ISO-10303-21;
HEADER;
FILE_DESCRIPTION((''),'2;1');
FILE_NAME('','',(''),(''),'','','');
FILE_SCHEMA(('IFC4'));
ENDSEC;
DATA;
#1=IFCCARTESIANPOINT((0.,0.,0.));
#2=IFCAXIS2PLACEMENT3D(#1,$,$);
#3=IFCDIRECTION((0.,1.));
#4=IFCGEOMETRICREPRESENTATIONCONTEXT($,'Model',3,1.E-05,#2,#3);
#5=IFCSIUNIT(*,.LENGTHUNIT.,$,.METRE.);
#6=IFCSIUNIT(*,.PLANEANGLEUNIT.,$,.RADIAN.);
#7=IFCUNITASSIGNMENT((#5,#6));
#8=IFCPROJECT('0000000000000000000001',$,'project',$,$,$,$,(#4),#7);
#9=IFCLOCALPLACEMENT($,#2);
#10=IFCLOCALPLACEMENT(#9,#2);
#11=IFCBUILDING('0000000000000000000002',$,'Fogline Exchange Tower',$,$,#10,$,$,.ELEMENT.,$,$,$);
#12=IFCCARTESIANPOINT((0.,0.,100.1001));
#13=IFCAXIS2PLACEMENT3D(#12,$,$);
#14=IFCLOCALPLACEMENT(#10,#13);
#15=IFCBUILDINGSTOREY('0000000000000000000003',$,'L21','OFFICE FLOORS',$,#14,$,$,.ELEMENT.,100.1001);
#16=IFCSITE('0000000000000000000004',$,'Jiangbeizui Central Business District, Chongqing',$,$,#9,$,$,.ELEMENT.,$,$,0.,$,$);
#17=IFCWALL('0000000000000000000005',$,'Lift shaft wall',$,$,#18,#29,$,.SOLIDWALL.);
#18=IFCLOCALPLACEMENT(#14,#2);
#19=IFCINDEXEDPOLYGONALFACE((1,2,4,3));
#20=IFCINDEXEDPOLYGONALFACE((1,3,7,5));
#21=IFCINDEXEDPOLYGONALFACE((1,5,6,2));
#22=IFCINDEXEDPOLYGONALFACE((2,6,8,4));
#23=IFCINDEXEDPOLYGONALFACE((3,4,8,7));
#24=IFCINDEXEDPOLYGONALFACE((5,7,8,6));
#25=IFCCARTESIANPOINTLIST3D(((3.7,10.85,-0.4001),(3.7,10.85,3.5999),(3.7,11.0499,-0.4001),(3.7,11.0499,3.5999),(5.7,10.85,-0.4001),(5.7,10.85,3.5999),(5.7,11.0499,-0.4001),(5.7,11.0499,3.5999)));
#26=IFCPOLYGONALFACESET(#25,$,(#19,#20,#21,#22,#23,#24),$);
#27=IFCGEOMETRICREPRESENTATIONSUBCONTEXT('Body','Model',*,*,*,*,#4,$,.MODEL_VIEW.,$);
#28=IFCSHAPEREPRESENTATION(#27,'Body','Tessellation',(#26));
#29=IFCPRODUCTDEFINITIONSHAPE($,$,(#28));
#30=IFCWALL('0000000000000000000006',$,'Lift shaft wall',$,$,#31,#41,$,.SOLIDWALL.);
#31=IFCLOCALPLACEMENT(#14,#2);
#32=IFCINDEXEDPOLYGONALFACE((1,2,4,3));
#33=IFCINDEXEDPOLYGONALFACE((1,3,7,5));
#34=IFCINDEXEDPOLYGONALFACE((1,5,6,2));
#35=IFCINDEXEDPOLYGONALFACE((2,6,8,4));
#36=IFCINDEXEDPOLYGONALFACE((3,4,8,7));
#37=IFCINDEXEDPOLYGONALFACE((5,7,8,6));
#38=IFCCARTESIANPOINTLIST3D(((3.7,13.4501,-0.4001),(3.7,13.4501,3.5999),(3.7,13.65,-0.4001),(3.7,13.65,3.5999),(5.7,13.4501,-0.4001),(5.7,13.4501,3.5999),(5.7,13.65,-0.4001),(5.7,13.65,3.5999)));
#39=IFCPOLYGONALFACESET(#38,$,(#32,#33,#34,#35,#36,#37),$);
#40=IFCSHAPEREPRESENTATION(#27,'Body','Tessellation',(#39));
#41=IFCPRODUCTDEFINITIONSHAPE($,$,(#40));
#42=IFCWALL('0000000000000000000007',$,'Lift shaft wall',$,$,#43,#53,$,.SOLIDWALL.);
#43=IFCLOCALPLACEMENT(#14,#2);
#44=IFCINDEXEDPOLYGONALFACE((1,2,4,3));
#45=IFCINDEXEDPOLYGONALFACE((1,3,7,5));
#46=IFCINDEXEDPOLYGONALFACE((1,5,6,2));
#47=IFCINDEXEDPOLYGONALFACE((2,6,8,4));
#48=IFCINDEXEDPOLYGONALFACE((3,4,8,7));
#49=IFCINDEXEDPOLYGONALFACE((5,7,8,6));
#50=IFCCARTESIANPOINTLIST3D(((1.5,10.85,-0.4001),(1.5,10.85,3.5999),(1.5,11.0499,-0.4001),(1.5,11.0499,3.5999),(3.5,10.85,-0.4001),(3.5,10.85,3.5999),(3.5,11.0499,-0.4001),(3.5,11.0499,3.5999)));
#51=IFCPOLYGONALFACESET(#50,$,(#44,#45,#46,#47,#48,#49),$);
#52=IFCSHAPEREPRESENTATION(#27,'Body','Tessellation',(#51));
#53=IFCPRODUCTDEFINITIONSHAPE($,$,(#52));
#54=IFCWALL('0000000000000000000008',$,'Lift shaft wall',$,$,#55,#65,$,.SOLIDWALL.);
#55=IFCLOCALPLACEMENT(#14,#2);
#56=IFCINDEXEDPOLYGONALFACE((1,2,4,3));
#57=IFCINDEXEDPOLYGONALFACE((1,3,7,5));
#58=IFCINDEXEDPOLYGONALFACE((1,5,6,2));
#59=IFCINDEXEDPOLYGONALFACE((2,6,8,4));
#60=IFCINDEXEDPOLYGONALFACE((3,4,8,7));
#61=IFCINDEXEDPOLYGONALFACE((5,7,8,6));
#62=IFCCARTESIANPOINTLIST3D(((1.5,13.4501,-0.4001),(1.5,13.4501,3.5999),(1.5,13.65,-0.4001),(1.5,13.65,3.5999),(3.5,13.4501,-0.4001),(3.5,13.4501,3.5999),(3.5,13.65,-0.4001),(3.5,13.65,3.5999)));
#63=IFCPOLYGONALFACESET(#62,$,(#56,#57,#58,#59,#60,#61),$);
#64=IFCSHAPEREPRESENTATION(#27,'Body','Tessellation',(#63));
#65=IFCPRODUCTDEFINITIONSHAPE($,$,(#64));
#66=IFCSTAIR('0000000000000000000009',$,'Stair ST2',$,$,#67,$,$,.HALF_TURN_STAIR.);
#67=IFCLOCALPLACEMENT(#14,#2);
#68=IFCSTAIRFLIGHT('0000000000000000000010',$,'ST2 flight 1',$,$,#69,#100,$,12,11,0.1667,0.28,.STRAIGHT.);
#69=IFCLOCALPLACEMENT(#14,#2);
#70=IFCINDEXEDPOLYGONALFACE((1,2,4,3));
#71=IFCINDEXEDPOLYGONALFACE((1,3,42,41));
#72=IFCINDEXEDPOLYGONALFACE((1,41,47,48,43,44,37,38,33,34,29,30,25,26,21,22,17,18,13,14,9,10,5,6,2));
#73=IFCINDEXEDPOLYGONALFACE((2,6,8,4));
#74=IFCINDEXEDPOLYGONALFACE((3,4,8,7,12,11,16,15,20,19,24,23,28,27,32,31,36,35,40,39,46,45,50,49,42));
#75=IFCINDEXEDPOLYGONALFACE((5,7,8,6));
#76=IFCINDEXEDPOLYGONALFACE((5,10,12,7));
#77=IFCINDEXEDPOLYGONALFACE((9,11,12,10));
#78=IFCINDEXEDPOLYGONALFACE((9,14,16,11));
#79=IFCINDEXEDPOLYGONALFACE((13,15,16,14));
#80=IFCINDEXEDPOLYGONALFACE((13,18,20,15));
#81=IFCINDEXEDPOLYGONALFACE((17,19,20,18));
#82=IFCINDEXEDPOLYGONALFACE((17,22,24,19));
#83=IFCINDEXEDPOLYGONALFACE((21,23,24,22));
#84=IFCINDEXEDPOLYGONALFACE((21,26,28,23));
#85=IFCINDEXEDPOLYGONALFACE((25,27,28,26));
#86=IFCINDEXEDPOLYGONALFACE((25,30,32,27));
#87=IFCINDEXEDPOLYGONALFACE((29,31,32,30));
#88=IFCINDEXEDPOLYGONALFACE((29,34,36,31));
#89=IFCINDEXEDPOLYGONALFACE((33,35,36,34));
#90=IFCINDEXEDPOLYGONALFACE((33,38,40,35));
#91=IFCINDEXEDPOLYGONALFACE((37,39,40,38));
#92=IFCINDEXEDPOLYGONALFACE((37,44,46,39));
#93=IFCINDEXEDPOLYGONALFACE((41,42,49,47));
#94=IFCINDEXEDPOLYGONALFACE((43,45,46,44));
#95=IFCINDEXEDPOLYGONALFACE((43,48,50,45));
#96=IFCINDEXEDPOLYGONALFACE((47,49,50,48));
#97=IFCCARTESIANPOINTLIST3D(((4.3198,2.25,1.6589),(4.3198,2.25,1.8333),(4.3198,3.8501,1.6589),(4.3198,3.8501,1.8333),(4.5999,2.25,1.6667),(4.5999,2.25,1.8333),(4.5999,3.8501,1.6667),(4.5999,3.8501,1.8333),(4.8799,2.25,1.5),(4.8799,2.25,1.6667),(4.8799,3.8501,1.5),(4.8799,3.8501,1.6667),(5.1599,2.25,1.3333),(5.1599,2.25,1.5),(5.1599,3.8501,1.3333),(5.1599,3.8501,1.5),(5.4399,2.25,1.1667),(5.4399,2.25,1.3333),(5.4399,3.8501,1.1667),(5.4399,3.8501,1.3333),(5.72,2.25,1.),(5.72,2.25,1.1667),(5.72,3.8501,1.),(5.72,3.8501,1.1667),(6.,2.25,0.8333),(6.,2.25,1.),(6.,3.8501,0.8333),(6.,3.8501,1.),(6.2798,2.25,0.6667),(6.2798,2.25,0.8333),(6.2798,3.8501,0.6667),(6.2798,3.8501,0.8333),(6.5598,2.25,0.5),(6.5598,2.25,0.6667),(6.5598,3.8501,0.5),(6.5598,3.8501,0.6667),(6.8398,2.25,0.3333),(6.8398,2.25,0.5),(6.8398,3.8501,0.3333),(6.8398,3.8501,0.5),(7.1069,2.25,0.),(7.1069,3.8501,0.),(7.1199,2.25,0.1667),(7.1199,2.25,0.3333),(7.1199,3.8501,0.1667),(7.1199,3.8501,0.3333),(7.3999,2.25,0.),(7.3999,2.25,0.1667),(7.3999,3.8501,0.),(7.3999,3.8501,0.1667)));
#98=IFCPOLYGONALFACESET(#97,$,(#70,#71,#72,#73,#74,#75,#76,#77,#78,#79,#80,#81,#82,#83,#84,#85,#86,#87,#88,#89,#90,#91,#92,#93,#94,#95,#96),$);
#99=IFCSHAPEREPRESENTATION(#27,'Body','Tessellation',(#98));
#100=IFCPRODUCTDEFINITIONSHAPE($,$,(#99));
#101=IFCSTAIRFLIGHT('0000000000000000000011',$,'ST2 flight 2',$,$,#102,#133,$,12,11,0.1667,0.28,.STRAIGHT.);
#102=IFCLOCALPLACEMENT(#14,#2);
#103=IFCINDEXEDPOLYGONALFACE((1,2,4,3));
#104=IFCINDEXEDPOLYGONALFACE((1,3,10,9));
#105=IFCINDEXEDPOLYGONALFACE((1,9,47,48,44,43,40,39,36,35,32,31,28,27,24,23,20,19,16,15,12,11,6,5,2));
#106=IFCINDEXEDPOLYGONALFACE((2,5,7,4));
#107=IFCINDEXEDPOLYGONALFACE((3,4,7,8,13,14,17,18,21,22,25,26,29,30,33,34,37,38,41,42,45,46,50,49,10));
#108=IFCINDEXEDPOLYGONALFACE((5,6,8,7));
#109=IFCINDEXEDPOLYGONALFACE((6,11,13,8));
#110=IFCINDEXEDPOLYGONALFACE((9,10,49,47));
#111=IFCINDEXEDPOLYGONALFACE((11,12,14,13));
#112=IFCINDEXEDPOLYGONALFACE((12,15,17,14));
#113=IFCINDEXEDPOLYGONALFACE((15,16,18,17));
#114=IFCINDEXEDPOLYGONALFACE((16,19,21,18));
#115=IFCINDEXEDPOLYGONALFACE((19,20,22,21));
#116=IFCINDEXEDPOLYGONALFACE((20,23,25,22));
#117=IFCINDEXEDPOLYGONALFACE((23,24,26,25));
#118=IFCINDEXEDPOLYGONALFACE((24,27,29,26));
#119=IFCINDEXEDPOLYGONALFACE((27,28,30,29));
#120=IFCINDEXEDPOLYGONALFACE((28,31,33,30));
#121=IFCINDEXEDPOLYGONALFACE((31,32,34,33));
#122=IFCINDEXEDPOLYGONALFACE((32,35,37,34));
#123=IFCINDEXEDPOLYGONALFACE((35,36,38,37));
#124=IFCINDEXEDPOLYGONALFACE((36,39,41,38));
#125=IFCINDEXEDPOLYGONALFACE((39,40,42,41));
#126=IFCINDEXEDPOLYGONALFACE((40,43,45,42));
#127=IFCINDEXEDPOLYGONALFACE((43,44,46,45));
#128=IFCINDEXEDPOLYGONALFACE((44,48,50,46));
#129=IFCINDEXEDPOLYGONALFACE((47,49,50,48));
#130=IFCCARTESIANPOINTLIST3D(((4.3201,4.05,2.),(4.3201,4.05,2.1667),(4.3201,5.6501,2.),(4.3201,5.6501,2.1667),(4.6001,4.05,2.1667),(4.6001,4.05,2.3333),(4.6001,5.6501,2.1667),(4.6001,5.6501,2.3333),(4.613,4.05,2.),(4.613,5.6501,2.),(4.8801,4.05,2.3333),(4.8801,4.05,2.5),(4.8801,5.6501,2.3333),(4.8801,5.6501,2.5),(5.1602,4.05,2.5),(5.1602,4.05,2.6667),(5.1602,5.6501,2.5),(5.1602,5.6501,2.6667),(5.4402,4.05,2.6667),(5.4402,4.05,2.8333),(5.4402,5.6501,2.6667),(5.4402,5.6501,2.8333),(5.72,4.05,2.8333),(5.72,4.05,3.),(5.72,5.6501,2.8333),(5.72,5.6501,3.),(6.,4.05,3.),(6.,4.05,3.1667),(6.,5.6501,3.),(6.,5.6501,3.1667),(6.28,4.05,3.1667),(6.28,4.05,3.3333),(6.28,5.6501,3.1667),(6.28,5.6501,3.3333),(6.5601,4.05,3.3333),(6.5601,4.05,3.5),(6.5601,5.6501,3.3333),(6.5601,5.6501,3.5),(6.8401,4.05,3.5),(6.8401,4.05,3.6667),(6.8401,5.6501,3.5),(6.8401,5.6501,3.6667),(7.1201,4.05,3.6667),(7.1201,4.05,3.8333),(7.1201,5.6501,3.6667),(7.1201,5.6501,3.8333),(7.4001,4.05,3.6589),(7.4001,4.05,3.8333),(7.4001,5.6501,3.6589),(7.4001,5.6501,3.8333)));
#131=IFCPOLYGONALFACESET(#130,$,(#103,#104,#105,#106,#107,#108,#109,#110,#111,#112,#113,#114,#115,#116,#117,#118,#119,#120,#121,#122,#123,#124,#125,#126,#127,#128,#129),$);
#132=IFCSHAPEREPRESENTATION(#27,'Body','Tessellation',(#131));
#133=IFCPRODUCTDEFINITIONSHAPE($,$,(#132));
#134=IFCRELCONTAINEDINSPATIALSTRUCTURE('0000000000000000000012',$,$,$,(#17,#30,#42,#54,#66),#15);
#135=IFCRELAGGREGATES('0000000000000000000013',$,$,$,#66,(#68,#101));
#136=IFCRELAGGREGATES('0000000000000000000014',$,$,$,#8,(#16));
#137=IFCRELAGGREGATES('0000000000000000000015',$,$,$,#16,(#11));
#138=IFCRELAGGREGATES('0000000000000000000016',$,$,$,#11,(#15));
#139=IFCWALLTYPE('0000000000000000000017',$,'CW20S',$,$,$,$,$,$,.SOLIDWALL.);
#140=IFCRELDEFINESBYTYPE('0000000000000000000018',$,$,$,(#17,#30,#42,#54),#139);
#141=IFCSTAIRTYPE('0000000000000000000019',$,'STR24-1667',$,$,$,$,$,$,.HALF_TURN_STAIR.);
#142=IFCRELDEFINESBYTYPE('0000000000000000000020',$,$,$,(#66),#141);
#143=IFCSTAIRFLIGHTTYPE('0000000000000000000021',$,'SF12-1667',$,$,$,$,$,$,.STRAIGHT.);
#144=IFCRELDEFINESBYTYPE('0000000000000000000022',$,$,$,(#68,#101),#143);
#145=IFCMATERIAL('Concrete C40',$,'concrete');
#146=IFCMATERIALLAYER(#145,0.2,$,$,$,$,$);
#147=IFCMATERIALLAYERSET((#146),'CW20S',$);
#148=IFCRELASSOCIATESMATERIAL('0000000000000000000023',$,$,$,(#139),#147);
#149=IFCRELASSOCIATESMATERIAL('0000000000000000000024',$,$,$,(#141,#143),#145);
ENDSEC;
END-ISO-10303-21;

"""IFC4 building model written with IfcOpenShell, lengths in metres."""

from ifc_helpers import new_model, si_unit, direction, frame, frame_2d, origin, place, context, subcontext, project, spatial, polyline, rectangle, outline, extrude, material, layer, layer_set, type_object, element, aggregate, save


model = new_model("IFC4")

# Units and contexts
model_context = context("Model", 3, precision=1e-05, world=origin(), true_north=direction((0.0, 1.0)))
body_context = subcontext(model_context, "Body", "Model", "MODEL_VIEW")
ifc_project = project(units=[si_unit("LENGTHUNIT", "METRE"), si_unit("PLANEANGLEUNIT", "RADIAN")], contexts=[model_context])

# Site, building, storey
site_placement = place(None, origin())
site = spatial("IfcSite", under=ifc_project, at=site_placement, Name="Jiangbeizui Central Business District, Chongqing", CompositionType="ELEMENT", RefElevation=0.0)
building_placement = place(site_placement, origin())
building = spatial("IfcBuilding", under=site, at=building_placement, Name="Fogline Exchange Tower", CompositionType="ELEMENT")
storey_placement = place(building_placement, frame((0.0, 0.0, 100.1001)))
storey = spatial("IfcBuildingStorey", under=building, at=storey_placement, Name="L21", Description="OFFICE FLOORS", CompositionType="ELEMENT", Elevation=100.1001)

# Shared definitions
ifc_material_1 = material(Name="Concrete C40", Category="concrete")

# Shared definitions
ifc_layer_1 = layer(ifc_material_1, 0.2)
ifc_layer_set_1 = layer_set([ifc_layer_1], Name="CW20S")
wall_type_1 = type_object("IfcWallType", Name="CW20S", PredefinedType="SOLIDWALL", material=ifc_layer_set_1)

# Walls
for number, where, z_axis, x_axis, name in (
    (1, (3.7, 10.95, -0.4001), (0.0, 0.0, 1.0), (1.0, 0.0, 0.0), "Lift shaft wall"),
    (2, (3.7, 13.55, -0.4001), (0.0, 0.0, 1.0), (1.0, 0.0, 0.0), "Lift shaft wall"),
    (3, (1.5, 10.95, -0.4001), (0.0, 0.0, 1.0), (1.0, 0.0, 0.0), "Lift shaft wall"),
    (4, (1.5, 13.55, -0.4001), (0.0, 0.0, 1.0), (1.0, 0.0, 0.0), "Lift shaft wall"),
):
    element("IfcWall", number, at=place(storey_placement, frame(where, z_axis=z_axis, x_axis=x_axis)), inside=storey, type_object=wall_type_1, Name=name, PredefinedType="SOLIDWALL", context=body_context, shape_type="SweptSolid", body=[
        extrude(rectangle(XDim=2.0, YDim=0.2, at=frame_2d((1.0, 0.0))), origin(), (0.0, 0.0, 1.0), 4.0),
    ])

# Stair, stair flights
stair_type = type_object("IfcStairType", Name="STR24-1667", PredefinedType="HALF_TURN_STAIR", material=ifc_material_1)
stair_placement = place(storey_placement, origin())
stair = element("IfcStair", 5, at=stair_placement, inside=storey, type_object=stair_type, Name="Stair ST2", PredefinedType="HALF_TURN_STAIR")
stair_flight_type = type_object("IfcStairFlightType", Name="SF12-1667", PredefinedType="STRAIGHT", material=ifc_material_1)
stair_flight_1_placement = place(storey_placement, frame((7.3999, 3.05, 0.0), z_axis=(0.0, 0.0, 1.0), x_axis=(-1.0, 0.0, 0.0)))
stair_flight_1 = element("IfcStairFlight", 6, at=stair_flight_1_placement, type_object=stair_flight_type, Name="ST2 flight 1", NumberOfRisers=12, NumberOfTreads=11, PredefinedType="STRAIGHT", RiserHeight=0.1667, TreadLength=0.28, context=body_context, shape_type="SweptSolid", body=[
    extrude(outline(polyline([(0.0, 0.0), (0.0, 0.1667), (0.28, 0.1667), (0.28, 0.3333), (0.5601, 0.3333), (0.5601, 0.5), (0.8401, 0.5), (0.8401, 0.6667), (1.1201, 0.6667), (1.1201, 0.8333), (1.3999, 0.8333), (1.3999, 1.0), (1.6799, 1.0), (1.6799, 1.1667), (1.96, 1.1667), (1.96, 1.3333), (2.24, 1.3333), (2.24, 1.5), (2.52, 1.5), (2.52, 1.6667), (2.8, 1.6667), (2.8, 1.8333), (3.0801, 1.8333), (3.0801, 2.0), (3.0801, 1.6589), (0.293, 0.0), (0.0, 0.0)])), frame((0.0, 0.8, 0.0), z_axis=(0.0, -1.0, 0.0), x_axis=(1.0, 0.0, 0.0)), (0.0, 0.0, 1.0), 1.6001),
])
stair_flight_2_placement = place(storey_placement, frame((4.3201, 4.8501, 2.0), z_axis=(0.0, 0.0, 1.0), x_axis=(1.0, 0.0, 0.0)))
stair_flight_2 = element("IfcStairFlight", 7, at=stair_flight_2_placement, type_object=stair_flight_type, Name="ST2 flight 2", NumberOfRisers=12, NumberOfTreads=11, PredefinedType="STRAIGHT", RiserHeight=0.1667, TreadLength=0.28, context=body_context, shape_type="SweptSolid", body=[
    extrude(outline(polyline([(0.0, 0.0), (0.0, 0.1667), (0.28, 0.1667), (0.28, 0.3333), (0.5601, 0.3333), (0.5601, 0.5), (0.8401, 0.5), (0.8401, 0.6667), (1.1201, 0.6667), (1.1201, 0.8333), (1.3999, 0.8333), (1.3999, 1.0), (1.6799, 1.0), (1.6799, 1.1667), (1.96, 1.1667), (1.96, 1.3333), (2.24, 1.3333), (2.24, 1.5), (2.52, 1.5), (2.52, 1.6667), (2.8, 1.6667), (2.8, 1.8333), (3.0801, 1.8333), (3.0801, 2.0), (3.0801, 1.6589), (0.293, 0.0), (0.0, 0.0)])), frame((0.0, 0.8, 0.0), z_axis=(0.0, -1.0, 0.0), x_axis=(1.0, 0.0, 0.0)), (0.0, 0.0, 1.0), 1.6001),
])
aggregate(stair, [stair_flight_1, stair_flight_2])

save(model, "model.ifc")
